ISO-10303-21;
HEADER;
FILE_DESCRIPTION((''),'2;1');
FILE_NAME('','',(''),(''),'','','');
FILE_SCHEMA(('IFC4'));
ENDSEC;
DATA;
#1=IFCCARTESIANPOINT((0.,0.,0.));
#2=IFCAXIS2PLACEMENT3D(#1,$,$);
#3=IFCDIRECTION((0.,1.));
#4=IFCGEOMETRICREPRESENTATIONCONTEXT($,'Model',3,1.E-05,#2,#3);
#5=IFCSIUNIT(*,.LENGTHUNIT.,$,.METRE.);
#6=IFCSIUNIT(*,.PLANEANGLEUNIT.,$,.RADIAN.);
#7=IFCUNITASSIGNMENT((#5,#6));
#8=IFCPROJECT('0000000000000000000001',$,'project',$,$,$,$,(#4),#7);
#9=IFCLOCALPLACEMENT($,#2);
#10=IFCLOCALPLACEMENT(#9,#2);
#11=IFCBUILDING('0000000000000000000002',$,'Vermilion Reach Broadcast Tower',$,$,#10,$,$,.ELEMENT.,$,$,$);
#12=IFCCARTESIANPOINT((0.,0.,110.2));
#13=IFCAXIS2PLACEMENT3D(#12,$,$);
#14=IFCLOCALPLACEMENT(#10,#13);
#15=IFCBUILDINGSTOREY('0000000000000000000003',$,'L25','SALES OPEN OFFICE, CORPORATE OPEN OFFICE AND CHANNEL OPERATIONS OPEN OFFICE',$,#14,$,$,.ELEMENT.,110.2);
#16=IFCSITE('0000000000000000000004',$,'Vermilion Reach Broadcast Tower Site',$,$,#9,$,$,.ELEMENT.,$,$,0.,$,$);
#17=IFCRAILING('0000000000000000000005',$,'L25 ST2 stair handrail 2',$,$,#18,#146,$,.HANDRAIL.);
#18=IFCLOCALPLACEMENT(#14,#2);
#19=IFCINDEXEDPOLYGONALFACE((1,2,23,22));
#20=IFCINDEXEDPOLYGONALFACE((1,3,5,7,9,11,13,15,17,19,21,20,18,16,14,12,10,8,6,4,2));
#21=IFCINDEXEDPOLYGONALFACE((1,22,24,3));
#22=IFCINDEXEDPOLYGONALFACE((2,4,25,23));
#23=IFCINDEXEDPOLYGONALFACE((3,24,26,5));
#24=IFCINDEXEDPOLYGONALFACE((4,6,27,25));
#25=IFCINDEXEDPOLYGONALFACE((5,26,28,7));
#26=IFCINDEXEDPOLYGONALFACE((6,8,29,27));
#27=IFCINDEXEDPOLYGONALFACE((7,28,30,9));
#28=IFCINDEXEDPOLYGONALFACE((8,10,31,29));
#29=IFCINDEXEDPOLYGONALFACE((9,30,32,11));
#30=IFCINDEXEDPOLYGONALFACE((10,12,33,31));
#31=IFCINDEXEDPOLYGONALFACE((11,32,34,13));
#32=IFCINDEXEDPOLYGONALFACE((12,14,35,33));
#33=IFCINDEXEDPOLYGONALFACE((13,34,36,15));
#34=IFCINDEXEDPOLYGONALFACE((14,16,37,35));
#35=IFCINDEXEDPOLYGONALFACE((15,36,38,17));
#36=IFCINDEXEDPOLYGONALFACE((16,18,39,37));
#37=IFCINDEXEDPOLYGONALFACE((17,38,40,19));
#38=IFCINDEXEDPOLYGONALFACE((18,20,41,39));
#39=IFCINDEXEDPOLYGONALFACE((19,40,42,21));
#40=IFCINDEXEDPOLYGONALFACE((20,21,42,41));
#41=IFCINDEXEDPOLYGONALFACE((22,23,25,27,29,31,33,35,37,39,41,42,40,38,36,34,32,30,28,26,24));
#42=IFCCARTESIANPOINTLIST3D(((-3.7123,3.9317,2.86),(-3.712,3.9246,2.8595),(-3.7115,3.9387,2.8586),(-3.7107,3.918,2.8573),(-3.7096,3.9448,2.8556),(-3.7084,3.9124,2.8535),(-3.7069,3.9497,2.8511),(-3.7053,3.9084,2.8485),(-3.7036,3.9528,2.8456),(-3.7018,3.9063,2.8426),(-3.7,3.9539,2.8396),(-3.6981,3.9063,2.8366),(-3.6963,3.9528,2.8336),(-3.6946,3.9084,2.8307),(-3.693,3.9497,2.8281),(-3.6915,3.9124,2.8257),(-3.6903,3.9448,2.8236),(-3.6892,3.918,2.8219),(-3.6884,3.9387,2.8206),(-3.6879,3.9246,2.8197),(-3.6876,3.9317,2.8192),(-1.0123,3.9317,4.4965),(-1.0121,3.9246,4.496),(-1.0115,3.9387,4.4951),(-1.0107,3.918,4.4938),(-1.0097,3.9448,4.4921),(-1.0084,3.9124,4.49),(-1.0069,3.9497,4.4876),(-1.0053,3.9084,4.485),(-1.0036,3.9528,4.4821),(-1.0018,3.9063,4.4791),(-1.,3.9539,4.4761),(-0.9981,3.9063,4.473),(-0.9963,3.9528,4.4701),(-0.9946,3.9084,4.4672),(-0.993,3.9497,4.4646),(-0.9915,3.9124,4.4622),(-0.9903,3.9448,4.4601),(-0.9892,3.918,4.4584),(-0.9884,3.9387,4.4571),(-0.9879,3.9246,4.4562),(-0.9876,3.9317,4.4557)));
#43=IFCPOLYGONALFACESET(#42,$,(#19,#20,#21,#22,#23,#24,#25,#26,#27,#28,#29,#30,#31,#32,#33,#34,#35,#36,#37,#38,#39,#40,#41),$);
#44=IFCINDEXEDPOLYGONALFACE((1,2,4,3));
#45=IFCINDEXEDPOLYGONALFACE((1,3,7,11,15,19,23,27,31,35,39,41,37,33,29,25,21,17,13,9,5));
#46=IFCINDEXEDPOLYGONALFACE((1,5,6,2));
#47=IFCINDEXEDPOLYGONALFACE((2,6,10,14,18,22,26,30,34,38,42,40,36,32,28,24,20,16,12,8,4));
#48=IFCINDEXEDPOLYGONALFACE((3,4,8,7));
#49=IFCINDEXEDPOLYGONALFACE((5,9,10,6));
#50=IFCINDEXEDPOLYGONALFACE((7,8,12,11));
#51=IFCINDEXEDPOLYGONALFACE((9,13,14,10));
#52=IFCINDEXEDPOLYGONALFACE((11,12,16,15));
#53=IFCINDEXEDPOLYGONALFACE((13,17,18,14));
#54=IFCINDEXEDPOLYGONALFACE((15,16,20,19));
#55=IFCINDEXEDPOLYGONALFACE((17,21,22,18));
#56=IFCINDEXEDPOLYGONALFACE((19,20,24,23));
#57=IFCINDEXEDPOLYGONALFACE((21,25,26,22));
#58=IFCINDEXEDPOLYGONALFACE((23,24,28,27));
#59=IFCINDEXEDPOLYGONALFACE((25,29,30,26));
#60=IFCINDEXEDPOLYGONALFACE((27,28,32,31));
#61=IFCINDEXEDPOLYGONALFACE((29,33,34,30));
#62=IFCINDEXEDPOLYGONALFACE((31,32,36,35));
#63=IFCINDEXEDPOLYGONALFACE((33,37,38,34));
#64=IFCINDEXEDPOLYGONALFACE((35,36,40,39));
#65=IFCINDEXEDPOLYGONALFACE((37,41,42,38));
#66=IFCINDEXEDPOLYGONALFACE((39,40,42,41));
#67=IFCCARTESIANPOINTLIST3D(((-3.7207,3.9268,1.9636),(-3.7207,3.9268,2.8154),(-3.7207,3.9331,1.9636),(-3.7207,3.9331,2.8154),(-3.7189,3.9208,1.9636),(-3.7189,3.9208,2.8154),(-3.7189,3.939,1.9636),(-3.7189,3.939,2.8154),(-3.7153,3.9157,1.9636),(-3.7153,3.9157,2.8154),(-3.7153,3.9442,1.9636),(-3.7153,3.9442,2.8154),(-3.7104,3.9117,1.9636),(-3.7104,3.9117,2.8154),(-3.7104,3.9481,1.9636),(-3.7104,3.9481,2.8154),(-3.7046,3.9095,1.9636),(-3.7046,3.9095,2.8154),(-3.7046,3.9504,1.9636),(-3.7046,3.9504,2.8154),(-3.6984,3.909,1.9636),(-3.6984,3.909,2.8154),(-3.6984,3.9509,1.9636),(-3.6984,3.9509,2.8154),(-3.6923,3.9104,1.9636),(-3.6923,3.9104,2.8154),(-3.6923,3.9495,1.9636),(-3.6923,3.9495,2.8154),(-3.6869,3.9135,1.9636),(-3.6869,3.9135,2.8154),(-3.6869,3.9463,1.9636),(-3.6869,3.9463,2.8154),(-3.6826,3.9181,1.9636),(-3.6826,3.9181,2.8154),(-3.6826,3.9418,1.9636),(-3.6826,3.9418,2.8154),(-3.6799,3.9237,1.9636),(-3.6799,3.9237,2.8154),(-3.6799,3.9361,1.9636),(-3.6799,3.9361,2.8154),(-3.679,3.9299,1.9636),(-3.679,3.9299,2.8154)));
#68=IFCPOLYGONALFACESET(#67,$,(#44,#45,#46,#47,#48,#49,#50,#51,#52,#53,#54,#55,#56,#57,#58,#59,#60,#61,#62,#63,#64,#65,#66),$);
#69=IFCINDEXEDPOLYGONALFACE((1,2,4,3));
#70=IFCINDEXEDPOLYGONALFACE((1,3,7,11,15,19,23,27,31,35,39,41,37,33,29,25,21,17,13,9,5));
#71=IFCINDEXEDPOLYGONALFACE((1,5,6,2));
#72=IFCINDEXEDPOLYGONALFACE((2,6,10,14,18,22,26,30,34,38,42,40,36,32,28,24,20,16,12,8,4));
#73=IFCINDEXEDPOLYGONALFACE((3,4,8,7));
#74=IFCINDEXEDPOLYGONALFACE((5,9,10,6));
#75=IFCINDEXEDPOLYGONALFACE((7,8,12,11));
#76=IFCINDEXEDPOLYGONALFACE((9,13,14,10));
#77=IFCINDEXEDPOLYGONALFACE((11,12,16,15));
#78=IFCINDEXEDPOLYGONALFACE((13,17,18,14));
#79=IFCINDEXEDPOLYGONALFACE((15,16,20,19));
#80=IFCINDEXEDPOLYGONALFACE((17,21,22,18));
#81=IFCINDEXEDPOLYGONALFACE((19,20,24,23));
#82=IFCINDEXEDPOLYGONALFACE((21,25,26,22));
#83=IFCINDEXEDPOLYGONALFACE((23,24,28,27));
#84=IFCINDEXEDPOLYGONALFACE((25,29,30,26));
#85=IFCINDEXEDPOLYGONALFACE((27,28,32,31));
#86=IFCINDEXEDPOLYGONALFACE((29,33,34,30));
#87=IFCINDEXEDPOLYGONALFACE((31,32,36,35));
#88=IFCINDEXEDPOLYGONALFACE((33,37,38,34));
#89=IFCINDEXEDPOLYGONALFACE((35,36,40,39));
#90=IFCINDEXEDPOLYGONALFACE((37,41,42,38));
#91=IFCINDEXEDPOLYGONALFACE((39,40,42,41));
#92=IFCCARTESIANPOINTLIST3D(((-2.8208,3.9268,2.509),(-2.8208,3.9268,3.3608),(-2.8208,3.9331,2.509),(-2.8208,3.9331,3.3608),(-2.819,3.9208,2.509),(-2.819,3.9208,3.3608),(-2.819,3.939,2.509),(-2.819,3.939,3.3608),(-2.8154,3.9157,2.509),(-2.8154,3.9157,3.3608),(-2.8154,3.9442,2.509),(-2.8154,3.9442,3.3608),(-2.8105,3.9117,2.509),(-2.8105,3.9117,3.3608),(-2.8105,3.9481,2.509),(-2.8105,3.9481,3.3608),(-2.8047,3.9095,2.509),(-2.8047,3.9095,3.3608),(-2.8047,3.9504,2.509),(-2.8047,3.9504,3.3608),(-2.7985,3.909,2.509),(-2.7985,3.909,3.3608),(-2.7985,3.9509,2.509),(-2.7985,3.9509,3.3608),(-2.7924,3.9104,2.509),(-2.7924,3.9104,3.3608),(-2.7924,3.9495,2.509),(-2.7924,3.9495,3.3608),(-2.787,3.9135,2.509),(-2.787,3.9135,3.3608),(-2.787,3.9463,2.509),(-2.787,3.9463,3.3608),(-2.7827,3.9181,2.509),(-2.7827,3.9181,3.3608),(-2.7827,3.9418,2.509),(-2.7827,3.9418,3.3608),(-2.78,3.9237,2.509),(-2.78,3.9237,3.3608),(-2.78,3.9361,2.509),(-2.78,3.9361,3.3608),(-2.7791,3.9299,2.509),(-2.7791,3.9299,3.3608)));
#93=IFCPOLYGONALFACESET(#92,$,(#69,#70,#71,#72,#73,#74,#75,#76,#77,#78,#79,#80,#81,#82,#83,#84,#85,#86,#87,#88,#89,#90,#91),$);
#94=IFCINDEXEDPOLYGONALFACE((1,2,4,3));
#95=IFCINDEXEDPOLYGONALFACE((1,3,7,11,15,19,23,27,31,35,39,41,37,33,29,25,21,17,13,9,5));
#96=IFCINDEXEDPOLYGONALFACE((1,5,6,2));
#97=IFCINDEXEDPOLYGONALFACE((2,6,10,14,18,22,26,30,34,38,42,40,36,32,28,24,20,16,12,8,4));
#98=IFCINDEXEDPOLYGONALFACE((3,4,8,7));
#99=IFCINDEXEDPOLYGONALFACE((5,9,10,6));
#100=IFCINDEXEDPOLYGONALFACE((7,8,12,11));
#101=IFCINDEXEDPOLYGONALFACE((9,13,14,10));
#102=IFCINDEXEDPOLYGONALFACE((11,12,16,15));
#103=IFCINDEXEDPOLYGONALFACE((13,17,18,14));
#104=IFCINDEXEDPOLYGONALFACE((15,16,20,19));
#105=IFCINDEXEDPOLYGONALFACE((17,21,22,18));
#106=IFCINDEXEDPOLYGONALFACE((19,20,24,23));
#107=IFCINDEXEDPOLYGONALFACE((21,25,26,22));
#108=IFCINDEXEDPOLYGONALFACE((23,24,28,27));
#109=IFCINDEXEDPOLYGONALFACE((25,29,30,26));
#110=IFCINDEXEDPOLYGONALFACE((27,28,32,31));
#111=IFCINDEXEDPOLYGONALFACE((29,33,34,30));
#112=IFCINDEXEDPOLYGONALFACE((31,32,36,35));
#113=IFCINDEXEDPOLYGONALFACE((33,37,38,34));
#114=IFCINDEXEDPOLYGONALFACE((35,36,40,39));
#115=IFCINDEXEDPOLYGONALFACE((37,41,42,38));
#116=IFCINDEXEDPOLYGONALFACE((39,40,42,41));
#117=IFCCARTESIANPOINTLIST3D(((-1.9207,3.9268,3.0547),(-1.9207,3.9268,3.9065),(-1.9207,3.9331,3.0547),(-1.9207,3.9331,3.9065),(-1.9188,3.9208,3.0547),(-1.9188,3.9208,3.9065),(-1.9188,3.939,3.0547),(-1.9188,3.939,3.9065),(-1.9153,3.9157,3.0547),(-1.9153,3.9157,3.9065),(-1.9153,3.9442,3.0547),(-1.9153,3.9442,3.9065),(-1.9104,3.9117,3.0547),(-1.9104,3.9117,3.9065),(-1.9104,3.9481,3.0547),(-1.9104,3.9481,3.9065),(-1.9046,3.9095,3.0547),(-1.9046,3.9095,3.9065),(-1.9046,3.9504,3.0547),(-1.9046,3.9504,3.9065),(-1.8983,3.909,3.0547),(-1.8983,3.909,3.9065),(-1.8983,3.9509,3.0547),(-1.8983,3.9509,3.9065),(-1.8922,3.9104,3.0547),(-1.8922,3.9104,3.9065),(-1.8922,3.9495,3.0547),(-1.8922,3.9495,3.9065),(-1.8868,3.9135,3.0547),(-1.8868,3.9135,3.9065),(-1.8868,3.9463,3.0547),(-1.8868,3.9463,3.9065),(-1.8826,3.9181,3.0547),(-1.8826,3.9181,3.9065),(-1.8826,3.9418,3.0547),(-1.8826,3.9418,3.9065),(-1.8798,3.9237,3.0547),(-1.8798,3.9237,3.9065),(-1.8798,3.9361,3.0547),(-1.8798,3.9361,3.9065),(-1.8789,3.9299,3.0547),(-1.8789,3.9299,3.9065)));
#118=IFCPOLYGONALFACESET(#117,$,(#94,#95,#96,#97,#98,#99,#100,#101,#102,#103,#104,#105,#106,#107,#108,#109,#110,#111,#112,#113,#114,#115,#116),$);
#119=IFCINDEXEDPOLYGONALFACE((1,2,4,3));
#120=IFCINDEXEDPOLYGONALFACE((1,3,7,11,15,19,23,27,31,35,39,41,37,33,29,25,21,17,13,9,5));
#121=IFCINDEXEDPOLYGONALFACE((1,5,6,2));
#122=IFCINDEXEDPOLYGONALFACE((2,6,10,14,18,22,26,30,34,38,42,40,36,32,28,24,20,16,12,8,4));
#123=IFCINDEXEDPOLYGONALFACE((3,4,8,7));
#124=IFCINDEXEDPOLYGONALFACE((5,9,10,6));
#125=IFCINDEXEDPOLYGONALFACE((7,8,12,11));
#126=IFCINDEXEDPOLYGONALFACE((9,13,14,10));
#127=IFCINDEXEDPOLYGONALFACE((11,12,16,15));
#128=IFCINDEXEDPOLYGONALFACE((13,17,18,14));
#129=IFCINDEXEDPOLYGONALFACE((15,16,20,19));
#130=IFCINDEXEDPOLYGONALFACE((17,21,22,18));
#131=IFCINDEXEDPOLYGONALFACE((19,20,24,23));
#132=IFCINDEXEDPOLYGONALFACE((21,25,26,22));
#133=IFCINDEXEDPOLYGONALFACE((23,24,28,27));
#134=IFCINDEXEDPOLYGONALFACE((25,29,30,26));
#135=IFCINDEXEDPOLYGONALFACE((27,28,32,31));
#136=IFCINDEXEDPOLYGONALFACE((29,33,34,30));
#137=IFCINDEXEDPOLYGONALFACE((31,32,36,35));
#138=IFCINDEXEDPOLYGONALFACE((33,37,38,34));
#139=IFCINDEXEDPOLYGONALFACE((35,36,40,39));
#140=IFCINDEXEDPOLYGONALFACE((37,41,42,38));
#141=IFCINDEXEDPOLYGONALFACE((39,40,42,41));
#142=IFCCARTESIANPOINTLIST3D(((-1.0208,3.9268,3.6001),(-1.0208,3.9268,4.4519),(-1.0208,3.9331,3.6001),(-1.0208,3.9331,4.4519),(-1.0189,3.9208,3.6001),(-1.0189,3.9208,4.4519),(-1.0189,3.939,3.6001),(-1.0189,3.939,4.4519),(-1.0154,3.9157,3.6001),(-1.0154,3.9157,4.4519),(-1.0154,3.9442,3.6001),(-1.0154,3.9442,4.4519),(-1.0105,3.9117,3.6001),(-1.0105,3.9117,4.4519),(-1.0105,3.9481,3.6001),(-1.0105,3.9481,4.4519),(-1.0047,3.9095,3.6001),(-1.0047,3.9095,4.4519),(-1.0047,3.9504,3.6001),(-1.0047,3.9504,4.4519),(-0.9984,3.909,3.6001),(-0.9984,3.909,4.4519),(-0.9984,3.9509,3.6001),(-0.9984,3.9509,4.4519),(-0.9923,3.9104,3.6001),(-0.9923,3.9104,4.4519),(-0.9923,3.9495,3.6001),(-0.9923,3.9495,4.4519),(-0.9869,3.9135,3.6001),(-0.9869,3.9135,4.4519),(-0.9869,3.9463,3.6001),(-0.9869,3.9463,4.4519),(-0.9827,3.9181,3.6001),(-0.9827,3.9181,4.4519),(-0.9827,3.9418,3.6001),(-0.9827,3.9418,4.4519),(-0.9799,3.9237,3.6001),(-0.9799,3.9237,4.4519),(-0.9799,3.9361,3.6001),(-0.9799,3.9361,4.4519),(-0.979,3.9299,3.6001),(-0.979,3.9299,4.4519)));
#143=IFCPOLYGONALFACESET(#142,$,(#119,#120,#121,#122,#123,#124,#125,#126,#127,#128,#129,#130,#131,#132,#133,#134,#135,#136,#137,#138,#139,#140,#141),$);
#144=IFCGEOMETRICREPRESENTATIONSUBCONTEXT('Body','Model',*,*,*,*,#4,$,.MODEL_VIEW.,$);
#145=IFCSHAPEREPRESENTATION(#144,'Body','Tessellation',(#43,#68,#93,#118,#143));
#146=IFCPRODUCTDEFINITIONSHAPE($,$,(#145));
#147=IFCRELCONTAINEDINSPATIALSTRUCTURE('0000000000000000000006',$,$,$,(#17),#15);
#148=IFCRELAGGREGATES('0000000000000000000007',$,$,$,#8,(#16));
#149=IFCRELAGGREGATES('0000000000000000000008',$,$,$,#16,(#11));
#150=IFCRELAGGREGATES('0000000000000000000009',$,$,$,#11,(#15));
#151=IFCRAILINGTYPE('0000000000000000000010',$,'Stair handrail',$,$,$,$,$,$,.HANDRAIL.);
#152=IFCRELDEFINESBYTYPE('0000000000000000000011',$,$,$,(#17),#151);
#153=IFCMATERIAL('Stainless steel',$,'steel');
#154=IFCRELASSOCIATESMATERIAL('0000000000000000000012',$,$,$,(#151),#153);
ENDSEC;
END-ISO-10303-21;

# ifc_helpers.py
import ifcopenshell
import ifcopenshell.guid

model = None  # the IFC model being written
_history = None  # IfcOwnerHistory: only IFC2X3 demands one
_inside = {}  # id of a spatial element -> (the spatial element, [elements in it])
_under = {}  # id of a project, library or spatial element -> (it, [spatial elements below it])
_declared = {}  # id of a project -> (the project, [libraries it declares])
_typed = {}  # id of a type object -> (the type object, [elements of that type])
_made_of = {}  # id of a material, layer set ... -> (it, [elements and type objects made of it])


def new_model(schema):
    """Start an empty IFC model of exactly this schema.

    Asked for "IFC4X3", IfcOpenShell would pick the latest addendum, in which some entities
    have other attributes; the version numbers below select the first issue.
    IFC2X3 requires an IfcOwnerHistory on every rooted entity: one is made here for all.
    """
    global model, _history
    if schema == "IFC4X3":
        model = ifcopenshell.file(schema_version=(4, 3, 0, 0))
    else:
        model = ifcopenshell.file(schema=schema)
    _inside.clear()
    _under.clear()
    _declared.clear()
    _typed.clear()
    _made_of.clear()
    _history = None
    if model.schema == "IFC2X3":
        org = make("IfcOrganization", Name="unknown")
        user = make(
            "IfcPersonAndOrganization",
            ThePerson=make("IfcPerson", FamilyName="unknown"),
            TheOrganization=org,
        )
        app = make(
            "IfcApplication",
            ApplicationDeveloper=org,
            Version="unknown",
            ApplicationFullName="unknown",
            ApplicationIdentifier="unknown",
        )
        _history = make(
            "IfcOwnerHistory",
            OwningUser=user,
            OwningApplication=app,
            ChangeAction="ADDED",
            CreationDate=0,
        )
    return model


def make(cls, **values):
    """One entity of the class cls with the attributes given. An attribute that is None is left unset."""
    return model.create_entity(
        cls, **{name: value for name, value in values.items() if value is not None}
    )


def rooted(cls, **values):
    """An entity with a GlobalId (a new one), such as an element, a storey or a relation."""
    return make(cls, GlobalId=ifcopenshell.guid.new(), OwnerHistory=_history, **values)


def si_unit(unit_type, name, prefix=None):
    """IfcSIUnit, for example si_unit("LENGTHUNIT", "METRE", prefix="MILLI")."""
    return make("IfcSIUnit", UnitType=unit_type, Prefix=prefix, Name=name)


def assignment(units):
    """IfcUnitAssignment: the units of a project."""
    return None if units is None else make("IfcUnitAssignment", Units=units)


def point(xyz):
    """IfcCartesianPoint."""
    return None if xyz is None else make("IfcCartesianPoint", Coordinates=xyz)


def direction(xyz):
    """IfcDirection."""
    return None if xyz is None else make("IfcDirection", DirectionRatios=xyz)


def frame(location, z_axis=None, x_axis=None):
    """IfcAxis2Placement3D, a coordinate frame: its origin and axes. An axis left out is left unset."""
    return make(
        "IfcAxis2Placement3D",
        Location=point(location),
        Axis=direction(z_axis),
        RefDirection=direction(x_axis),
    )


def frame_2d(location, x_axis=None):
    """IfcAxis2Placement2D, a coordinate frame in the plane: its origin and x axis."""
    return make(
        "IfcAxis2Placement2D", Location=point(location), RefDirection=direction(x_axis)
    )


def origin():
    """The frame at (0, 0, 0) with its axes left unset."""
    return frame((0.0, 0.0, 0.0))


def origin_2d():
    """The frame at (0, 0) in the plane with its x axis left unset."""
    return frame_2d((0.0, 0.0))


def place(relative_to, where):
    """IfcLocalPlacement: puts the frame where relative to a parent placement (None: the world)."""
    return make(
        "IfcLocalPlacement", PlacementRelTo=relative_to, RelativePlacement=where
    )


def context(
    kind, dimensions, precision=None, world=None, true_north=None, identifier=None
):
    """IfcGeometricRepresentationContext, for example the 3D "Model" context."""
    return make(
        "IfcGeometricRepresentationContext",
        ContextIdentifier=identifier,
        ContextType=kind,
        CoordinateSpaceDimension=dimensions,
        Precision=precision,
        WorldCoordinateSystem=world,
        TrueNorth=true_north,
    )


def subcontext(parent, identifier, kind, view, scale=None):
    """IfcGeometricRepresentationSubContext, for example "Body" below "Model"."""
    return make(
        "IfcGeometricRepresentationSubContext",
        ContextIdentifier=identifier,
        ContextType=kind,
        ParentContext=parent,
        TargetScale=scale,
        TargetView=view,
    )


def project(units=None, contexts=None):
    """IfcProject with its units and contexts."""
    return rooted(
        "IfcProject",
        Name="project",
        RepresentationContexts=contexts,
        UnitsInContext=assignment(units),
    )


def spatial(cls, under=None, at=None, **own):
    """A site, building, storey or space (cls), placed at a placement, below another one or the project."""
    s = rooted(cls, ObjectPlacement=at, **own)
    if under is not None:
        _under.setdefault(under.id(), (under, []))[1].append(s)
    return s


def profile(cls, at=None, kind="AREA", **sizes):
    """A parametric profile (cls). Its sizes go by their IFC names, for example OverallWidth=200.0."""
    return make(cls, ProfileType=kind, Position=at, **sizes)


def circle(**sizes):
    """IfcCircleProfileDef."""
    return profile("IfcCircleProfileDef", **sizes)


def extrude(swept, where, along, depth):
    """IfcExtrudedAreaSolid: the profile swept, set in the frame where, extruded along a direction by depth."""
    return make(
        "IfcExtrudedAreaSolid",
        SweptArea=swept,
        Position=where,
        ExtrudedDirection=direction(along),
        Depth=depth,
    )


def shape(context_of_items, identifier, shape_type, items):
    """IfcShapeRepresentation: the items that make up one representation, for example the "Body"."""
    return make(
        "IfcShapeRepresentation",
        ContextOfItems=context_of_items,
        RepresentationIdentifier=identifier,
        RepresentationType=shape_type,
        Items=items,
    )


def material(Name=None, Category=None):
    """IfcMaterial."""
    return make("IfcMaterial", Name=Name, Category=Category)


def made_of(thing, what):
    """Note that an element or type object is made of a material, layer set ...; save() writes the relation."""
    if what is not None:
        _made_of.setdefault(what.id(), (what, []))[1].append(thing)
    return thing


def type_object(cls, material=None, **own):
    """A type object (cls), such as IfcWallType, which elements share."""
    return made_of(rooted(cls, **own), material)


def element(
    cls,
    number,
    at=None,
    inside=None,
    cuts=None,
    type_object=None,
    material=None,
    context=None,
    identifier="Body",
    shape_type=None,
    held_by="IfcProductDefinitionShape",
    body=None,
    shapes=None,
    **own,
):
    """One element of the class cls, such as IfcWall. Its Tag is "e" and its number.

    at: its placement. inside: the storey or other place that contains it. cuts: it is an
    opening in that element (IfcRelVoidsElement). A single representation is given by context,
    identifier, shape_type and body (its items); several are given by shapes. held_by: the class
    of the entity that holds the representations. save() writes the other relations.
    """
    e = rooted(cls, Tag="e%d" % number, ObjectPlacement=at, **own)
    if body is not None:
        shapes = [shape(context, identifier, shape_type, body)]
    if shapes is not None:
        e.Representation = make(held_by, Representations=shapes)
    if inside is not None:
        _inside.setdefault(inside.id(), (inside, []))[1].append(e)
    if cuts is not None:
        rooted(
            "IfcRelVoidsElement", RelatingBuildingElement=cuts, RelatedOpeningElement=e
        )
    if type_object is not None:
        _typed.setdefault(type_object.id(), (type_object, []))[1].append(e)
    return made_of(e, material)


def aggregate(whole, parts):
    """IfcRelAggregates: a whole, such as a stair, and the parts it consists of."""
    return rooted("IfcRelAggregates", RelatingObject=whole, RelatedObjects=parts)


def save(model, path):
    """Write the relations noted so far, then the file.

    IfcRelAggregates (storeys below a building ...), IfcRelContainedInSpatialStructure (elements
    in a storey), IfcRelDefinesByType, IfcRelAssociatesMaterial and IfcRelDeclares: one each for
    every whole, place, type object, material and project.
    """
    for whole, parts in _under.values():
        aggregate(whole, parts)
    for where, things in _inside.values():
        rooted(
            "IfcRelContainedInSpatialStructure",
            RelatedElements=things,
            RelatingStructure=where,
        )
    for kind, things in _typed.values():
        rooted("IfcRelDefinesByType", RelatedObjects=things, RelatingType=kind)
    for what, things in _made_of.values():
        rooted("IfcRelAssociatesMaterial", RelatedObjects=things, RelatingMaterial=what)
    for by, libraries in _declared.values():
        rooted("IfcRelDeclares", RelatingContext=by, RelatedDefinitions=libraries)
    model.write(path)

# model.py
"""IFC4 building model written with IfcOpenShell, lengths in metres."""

from ifc_helpers import new_model, si_unit, direction, frame, origin, origin_2d, place, context, subcontext, project, spatial, circle, extrude, material, type_object, element, save


model = new_model("IFC4")

# Units and contexts
model_context = context("Model", 3, precision=1e-05, world=origin(), true_north=direction((0.0, 1.0)))
body_context = subcontext(model_context, "Body", "Model", "MODEL_VIEW")
ifc_project = project(units=[si_unit("LENGTHUNIT", "METRE"), si_unit("PLANEANGLEUNIT", "RADIAN")], contexts=[model_context])

# Site, building, storey
site_placement = place(None, origin())
site = spatial("IfcSite", under=ifc_project, at=site_placement, Name="Vermilion Reach Broadcast Tower Site", CompositionType="ELEMENT", RefElevation=0.0)
building_placement = place(site_placement, origin())
building = spatial("IfcBuilding", under=site, at=building_placement, Name="Vermilion Reach Broadcast Tower", CompositionType="ELEMENT")
storey_placement = place(building_placement, frame((0.0, 0.0, 110.2)))
storey = spatial("IfcBuildingStorey", under=building, at=storey_placement, Name="L25", Description="SALES OPEN OFFICE, CORPORATE OPEN OFFICE AND CHANNEL OPERATIONS OPEN OFFICE", CompositionType="ELEMENT", Elevation=110.2)

# Railing
ifc_material_1 = material(Name="Stainless steel", Category="steel")
railing_type_1 = type_object("IfcRailingType", Name="Stair handrail", PredefinedType="HANDRAIL", material=ifc_material_1)
railing_1_placement = place(storey_placement, frame((-3.7, 3.9299, 1.9636)))
element("IfcRailing", 1, at=railing_1_placement, inside=storey, type_object=railing_type_1, Name="L25 ST2 stair handrail 2", PredefinedType="HANDRAIL", context=body_context, shape_type="SweptSolid", body=[
    extrude(circle(Radius=0.0239, at=origin_2d()), frame((0.0, 0.0, 0.876), z_axis=(0.855178, 0.0, 0.518334), x_axis=(0.0, 1.0, 0.0)), (0.0, 0.0, 1.0), 3.1572),
    extrude(circle(Radius=0.021, at=origin_2d()), origin(), (0.0, 0.0, 1.0), 0.8518),
    extrude(circle(Radius=0.021, at=origin_2d()), frame((0.8999, 0.0, 0.5454)), (0.0, 0.0, 1.0), 0.8518),
    extrude(circle(Radius=0.021, at=origin_2d()), frame((1.8, 0.0, 1.0911)), (0.0, 0.0, 1.0), 0.8518),
    extrude(circle(Radius=0.021, at=origin_2d()), frame((2.7, 0.0, 1.6365)), (0.0, 0.0, 1.0), 0.8518),
])

save(model, "model.ifc")
